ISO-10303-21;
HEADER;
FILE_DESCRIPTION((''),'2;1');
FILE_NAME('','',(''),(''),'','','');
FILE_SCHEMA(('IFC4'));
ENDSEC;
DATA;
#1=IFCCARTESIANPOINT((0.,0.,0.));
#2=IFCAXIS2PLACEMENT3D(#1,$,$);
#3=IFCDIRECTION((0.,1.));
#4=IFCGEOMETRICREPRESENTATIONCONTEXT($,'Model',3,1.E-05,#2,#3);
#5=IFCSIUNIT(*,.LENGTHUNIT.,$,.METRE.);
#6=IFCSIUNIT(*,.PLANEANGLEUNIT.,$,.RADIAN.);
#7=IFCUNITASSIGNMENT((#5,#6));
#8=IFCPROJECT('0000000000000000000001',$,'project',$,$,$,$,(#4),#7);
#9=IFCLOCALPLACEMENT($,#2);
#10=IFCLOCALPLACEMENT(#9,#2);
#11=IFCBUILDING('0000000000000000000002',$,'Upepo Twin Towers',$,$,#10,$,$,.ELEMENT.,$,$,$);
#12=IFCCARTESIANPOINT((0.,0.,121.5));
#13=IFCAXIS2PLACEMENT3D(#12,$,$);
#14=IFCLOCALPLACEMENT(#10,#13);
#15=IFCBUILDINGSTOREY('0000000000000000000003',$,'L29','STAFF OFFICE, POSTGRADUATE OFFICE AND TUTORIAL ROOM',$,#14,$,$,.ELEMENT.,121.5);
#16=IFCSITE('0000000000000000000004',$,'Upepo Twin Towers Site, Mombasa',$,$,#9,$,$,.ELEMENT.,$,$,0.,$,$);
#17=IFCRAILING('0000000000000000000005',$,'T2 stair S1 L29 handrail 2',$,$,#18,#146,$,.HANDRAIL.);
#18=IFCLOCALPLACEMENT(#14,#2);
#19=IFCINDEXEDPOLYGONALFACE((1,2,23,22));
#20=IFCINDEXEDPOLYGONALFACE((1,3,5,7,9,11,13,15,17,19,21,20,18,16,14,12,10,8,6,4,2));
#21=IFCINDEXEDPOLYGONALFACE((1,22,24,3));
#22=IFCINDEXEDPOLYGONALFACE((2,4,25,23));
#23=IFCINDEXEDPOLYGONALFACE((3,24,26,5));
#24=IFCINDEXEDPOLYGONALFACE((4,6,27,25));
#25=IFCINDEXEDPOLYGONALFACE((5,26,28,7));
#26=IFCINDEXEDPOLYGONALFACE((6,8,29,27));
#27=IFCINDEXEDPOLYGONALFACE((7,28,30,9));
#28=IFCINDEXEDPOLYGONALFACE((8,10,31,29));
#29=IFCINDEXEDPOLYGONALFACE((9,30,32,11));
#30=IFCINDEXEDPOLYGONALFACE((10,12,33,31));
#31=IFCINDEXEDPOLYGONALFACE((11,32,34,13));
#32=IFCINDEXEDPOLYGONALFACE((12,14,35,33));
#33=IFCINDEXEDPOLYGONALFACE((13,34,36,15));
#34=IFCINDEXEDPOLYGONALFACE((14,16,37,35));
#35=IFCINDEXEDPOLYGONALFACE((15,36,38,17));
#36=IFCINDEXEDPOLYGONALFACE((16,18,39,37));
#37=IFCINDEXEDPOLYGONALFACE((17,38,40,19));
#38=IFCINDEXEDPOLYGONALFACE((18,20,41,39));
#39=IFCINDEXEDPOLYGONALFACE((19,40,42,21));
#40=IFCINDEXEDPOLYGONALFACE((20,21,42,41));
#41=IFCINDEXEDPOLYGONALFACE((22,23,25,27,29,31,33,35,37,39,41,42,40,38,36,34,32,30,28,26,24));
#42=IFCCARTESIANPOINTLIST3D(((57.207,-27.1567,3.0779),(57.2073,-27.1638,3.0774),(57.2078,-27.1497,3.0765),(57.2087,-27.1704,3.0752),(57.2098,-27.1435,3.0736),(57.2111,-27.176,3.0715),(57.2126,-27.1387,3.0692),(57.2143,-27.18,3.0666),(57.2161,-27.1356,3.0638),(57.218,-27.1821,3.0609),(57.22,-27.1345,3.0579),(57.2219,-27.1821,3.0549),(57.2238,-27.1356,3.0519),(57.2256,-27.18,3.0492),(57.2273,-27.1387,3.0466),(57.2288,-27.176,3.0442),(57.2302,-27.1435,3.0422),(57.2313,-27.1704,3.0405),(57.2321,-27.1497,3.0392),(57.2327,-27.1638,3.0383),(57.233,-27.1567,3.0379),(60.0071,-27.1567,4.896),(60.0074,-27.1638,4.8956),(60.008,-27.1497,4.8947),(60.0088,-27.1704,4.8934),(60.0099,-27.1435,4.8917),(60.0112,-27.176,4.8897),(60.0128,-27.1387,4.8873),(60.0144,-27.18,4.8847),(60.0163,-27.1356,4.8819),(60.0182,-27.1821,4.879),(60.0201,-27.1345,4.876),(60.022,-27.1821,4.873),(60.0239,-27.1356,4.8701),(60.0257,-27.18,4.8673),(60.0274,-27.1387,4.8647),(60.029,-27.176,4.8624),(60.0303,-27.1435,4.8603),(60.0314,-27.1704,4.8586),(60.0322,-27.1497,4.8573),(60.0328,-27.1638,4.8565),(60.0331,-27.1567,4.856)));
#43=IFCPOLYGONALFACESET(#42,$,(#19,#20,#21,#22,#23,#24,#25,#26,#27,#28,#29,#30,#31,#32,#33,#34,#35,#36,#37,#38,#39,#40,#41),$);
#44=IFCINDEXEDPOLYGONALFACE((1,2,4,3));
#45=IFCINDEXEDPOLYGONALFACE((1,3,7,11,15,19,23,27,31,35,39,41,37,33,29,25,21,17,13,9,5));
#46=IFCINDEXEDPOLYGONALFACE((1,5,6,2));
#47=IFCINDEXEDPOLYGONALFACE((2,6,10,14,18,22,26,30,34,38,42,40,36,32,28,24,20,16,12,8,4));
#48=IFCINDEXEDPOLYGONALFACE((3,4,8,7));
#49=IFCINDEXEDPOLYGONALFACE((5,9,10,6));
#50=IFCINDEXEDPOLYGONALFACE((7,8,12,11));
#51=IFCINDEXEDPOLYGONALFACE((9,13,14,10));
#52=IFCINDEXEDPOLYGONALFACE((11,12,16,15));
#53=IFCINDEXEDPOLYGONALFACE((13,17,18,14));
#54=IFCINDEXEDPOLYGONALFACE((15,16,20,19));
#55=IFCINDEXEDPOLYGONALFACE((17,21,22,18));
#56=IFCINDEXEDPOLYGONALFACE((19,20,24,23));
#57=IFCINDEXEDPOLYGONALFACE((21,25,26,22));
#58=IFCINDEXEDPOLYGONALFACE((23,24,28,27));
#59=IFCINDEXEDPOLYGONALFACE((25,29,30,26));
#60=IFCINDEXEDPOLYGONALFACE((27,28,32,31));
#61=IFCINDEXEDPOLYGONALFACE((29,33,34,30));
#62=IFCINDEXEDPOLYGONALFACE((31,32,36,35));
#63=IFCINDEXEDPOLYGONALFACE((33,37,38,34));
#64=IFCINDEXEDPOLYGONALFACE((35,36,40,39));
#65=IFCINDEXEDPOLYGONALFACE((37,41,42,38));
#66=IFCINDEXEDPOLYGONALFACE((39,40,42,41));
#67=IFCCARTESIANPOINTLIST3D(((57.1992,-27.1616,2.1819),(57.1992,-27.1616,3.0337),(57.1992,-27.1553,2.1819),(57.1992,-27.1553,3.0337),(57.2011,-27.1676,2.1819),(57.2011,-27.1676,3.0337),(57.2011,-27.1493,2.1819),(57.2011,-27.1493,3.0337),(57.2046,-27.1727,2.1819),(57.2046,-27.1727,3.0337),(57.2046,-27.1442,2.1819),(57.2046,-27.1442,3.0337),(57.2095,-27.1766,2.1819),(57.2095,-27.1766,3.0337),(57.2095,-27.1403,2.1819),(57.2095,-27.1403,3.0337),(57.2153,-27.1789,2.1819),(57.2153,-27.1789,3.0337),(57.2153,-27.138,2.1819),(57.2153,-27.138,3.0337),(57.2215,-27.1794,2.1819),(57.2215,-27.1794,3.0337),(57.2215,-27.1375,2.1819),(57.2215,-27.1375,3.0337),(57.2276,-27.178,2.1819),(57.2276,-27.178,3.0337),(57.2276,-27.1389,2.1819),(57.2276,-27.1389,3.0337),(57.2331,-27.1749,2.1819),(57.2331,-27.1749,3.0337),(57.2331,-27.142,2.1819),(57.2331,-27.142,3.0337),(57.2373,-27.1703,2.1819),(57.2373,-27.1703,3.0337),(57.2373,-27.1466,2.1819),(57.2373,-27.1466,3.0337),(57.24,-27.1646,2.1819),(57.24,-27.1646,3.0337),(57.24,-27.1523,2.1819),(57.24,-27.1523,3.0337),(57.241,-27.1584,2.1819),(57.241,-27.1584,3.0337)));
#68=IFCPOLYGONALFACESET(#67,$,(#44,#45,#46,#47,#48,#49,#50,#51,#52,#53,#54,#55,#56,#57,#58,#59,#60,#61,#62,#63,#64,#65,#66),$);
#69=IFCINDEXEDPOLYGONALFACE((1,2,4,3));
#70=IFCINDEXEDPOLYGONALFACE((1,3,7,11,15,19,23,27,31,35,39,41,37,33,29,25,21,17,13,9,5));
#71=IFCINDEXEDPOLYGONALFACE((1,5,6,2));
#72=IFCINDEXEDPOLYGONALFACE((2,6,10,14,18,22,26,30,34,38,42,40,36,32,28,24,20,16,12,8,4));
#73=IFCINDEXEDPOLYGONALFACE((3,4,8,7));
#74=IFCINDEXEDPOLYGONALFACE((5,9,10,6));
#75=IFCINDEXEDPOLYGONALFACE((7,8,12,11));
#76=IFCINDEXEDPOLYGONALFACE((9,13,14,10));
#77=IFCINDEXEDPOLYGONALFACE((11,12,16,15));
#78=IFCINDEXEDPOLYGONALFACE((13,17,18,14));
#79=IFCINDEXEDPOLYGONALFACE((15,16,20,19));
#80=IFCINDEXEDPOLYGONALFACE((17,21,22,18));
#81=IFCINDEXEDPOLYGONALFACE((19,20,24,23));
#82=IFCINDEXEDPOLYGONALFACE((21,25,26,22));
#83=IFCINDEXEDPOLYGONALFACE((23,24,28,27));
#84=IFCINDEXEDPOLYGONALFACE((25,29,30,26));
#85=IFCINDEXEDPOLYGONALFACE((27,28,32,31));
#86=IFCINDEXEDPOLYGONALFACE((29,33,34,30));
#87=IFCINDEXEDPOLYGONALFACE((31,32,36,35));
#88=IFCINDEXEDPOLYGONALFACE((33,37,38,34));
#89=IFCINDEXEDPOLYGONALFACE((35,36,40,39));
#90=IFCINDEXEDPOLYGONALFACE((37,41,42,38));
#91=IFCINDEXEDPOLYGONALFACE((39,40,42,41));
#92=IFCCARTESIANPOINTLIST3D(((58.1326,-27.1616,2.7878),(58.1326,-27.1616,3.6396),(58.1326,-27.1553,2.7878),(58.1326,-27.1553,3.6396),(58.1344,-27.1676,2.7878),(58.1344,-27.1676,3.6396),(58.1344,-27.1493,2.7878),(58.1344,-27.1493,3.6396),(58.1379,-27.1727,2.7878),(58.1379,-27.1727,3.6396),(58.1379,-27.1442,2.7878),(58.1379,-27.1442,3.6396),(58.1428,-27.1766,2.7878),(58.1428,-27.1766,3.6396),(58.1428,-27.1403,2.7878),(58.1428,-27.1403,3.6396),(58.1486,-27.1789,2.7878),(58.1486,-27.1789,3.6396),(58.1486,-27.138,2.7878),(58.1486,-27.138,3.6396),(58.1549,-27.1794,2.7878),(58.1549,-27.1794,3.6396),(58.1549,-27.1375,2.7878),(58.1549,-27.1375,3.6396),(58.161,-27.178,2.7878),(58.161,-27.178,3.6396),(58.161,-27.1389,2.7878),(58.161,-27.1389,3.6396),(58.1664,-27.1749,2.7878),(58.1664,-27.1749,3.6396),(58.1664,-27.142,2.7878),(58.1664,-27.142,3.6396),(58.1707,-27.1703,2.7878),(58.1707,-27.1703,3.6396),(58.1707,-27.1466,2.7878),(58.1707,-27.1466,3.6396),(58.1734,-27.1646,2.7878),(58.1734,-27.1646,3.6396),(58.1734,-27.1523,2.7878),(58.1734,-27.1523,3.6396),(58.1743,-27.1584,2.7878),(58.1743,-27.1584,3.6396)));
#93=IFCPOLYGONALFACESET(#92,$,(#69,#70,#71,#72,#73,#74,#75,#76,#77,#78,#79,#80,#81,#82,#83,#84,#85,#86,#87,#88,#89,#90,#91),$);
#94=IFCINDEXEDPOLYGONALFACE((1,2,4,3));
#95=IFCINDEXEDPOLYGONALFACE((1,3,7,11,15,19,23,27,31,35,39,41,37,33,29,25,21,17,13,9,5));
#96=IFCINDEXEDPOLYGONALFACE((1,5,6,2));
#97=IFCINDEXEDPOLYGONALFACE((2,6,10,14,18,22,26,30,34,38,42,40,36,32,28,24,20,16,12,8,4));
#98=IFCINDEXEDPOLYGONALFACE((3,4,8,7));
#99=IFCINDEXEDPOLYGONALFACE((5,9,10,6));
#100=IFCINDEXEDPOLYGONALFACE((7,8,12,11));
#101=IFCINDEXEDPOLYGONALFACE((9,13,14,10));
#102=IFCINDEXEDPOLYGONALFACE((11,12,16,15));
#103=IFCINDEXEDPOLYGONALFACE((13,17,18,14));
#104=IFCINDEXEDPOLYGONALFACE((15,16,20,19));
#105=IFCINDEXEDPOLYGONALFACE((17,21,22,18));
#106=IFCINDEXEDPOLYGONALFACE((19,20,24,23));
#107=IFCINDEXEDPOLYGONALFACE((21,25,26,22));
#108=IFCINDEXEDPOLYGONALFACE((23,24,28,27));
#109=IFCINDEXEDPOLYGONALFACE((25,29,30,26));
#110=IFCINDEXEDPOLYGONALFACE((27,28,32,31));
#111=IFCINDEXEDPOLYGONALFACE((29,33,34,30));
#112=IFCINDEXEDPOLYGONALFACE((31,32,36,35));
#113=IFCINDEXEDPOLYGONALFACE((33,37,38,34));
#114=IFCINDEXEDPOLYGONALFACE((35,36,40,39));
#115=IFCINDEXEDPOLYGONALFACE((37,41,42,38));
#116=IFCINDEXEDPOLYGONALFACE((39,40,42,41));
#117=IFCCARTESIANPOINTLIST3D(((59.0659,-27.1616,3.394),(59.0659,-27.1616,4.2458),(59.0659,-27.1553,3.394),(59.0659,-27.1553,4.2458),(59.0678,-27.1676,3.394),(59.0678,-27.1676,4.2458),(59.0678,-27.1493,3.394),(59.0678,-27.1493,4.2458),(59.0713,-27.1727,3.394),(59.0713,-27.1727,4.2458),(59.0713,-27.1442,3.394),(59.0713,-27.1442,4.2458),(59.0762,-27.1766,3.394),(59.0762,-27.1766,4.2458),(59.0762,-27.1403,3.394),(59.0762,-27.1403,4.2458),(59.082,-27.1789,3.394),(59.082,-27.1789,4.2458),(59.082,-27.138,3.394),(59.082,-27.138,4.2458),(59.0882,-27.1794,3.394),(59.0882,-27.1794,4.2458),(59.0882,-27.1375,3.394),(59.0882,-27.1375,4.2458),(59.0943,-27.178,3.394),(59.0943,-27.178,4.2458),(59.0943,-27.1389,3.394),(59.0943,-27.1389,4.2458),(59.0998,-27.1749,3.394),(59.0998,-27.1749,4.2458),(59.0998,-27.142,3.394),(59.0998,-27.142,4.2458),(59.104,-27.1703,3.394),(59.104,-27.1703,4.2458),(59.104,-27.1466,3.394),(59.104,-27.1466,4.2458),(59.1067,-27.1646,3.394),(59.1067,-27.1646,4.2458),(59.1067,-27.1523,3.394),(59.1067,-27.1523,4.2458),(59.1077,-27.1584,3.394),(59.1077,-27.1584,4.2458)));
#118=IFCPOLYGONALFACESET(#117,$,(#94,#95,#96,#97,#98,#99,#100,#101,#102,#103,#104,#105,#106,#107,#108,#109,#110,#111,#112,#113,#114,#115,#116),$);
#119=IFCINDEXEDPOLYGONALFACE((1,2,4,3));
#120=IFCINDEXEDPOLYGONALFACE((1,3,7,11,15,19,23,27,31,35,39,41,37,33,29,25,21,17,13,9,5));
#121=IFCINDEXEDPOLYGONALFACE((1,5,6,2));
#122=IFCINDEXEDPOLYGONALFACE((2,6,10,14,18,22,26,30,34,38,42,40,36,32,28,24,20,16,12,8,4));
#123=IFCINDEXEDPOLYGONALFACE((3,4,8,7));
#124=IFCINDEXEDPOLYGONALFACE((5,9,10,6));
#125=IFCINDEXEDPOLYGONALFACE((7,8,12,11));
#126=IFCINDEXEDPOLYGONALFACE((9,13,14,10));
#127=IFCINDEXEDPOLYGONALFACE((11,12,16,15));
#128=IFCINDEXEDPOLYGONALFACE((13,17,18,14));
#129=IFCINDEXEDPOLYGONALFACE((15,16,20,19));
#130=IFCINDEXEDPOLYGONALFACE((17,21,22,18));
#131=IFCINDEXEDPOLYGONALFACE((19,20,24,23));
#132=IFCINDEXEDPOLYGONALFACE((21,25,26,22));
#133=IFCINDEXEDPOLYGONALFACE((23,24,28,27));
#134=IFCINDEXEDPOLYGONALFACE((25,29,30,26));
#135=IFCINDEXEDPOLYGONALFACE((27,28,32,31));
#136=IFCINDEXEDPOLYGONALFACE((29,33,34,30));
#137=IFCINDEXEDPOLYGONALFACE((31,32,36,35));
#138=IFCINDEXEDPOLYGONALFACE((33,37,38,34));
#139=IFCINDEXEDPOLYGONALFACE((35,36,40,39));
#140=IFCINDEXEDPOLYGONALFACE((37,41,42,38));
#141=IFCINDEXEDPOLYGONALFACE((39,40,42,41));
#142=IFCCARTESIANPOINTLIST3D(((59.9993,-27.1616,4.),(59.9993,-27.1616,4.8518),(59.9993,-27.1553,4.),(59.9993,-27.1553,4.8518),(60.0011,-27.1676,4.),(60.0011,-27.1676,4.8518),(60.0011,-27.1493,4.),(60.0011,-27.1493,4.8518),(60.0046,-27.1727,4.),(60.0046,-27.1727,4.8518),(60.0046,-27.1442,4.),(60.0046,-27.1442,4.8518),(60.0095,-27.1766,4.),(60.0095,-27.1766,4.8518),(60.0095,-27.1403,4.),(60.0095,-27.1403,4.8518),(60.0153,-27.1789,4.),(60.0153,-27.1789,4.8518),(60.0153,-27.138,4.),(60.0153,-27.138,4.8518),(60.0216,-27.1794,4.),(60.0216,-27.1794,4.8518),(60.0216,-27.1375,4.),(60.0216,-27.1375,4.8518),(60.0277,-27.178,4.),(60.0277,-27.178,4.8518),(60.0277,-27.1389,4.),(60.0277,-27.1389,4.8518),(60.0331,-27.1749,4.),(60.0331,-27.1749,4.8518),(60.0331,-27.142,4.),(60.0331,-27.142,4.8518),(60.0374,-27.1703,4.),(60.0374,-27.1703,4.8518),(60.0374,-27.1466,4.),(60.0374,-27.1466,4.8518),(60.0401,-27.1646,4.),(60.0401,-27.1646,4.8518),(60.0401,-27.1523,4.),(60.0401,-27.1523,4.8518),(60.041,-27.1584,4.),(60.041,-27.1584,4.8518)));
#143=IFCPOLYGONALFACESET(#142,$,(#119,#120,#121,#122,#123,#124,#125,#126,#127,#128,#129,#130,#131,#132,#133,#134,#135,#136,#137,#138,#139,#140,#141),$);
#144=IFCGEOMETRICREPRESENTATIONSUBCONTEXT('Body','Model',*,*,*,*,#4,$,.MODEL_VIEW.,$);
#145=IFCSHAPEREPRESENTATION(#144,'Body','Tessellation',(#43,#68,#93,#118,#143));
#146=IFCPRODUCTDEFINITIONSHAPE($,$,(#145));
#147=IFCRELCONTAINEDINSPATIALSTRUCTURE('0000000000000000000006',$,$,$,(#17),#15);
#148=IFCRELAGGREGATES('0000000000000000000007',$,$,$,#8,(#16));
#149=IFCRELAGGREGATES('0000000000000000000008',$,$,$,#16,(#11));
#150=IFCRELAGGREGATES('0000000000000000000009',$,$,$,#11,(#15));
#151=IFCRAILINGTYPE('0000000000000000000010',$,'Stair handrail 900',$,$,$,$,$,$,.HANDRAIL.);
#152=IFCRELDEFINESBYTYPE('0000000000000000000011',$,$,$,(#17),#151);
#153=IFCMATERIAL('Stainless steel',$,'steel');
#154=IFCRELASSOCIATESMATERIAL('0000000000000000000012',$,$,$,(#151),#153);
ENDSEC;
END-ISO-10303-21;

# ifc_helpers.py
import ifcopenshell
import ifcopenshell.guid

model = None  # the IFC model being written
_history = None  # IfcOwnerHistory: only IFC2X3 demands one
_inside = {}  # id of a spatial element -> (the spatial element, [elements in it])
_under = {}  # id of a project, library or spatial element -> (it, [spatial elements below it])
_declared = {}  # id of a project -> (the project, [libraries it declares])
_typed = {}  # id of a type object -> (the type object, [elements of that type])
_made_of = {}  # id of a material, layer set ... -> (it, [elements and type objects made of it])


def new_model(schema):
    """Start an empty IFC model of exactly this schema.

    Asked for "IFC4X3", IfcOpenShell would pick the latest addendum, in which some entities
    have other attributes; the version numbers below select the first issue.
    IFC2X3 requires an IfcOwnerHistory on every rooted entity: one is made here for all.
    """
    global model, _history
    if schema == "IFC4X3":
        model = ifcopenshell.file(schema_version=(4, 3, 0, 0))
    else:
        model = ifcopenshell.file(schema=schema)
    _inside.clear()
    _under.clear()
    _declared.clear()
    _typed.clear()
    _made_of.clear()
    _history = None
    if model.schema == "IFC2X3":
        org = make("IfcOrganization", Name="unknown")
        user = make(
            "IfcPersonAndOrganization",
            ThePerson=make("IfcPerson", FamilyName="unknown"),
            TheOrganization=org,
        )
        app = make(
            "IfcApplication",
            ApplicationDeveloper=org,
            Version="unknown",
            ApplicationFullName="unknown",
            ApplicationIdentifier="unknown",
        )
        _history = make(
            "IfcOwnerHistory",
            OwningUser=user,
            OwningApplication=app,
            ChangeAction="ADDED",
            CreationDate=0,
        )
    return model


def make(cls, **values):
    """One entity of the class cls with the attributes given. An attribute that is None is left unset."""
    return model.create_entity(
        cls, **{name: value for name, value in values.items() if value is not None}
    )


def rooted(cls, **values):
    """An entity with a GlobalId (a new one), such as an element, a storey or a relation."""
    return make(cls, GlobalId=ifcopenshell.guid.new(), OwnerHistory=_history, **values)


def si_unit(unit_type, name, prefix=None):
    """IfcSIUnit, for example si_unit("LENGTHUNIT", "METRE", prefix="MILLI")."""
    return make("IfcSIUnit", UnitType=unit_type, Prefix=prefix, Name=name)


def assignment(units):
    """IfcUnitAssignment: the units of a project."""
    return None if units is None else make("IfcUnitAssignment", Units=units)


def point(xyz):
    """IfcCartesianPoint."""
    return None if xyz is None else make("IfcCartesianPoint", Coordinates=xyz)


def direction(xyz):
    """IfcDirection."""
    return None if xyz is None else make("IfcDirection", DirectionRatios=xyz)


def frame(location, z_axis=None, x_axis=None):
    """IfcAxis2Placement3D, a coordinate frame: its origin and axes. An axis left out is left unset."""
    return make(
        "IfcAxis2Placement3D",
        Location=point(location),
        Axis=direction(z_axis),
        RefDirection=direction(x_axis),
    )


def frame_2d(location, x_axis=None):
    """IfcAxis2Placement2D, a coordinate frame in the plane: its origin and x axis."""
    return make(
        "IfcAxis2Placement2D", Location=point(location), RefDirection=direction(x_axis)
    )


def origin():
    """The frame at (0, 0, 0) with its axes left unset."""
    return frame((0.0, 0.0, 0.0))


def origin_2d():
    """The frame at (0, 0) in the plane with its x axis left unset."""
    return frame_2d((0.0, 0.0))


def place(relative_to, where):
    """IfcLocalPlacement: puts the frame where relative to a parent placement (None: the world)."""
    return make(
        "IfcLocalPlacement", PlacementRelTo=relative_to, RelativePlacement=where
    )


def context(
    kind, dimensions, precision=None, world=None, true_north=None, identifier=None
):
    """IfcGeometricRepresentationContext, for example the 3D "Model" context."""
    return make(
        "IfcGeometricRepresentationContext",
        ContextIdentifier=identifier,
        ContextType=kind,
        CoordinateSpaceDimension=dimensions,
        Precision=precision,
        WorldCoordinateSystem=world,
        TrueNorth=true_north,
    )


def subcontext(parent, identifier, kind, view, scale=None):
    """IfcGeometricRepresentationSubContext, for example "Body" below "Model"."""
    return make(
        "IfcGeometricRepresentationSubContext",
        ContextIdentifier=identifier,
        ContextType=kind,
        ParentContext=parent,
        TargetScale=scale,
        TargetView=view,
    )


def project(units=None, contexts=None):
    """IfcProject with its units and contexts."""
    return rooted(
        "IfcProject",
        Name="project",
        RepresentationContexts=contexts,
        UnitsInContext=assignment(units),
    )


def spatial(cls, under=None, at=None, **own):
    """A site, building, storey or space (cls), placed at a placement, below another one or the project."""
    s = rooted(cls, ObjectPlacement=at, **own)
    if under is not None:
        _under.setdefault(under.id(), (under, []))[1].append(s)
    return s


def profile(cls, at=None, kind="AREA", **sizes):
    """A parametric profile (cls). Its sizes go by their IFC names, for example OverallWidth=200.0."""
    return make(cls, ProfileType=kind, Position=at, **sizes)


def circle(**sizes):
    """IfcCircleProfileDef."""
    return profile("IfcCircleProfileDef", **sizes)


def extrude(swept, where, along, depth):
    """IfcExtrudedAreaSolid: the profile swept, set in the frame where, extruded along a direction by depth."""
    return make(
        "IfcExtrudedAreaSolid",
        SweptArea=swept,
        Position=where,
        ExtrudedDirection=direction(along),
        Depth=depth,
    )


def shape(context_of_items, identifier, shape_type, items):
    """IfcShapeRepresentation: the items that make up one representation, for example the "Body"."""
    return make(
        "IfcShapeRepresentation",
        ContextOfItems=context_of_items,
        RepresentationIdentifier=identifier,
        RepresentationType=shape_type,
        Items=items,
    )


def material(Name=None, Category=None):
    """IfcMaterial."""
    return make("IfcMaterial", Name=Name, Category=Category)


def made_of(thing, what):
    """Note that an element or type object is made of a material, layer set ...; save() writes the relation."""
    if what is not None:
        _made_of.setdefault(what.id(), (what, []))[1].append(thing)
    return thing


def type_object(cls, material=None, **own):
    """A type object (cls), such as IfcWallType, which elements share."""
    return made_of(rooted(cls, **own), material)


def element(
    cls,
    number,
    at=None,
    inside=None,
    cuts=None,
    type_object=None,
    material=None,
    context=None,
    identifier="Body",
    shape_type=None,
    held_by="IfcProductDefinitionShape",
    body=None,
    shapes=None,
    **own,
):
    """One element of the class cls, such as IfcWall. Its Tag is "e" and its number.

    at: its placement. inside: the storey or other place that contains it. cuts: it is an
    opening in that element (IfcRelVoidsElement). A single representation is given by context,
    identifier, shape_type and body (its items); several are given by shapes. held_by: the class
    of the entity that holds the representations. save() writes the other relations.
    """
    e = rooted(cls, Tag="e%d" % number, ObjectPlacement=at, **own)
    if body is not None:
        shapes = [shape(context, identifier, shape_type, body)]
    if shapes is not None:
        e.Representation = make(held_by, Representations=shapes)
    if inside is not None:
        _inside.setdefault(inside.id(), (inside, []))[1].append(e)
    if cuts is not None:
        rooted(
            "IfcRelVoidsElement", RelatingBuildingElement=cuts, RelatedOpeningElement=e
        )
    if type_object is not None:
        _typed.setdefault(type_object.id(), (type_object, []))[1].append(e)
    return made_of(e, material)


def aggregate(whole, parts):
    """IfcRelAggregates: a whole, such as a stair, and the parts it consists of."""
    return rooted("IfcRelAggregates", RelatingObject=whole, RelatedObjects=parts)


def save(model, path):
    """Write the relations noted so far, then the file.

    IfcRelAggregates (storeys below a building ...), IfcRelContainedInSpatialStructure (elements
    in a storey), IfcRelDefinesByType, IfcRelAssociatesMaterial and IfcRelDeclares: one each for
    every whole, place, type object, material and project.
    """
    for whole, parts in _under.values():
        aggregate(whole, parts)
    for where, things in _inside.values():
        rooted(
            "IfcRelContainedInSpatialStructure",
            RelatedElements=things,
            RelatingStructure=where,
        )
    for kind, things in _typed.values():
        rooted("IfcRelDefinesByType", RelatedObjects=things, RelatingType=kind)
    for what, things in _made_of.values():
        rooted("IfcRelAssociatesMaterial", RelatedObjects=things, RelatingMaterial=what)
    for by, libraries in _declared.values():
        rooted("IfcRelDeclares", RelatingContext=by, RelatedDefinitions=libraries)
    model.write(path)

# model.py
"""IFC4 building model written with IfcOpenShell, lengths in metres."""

from ifc_helpers import new_model, si_unit, direction, frame, origin, origin_2d, place, context, subcontext, project, spatial, circle, extrude, material, type_object, element, save


model = new_model("IFC4")

# Units and contexts
model_context = context("Model", 3, precision=1e-05, world=origin(), true_north=direction((0.0, 1.0)))
body_context = subcontext(model_context, "Body", "Model", "MODEL_VIEW")
ifc_project = project(units=[si_unit("LENGTHUNIT", "METRE"), si_unit("PLANEANGLEUNIT", "RADIAN")], contexts=[model_context])

# Site, building, storey
site_placement = place(None, origin())
site = spatial("IfcSite", under=ifc_project, at=site_placement, Name="Upepo Twin Towers Site, Mombasa", CompositionType="ELEMENT", RefElevation=0.0)
building_placement = place(site_placement, origin())
building = spatial("IfcBuilding", under=site, at=building_placement, Name="Upepo Twin Towers", CompositionType="ELEMENT")
storey_placement = place(building_placement, frame((0.0, 0.0, 121.5)))
storey = spatial("IfcBuildingStorey", under=building, at=storey_placement, Name="L29", Description="STAFF OFFICE, POSTGRADUATE OFFICE AND TUTORIAL ROOM", CompositionType="ELEMENT", Elevation=121.5)

# Railing
ifc_material_1 = material(Name="Stainless steel", Category="steel")
railing_type = type_object("IfcRailingType", Name="Stair handrail 900", PredefinedType="HANDRAIL", material=ifc_material_1)
railing_1_placement = place(storey_placement, frame((57.22, -27.1584, 2.1819)))
element("IfcRailing", 1, at=railing_1_placement, inside=storey, type_object=railing_type, Name="T2 stair S1 L29 handrail 2", PredefinedType="HANDRAIL", context=body_context, shape_type="SweptSolid", body=[
    extrude(circle(Radius=0.0239, at=origin_2d()), frame((0.0, 0.0, 0.876), z_axis=(0.838706, 0.0, 0.544585), x_axis=(0.0, 1.0, 0.0)), (0.0, 0.0, 1.0), 3.3386),
    extrude(circle(Radius=0.021, at=origin_2d()), origin(), (0.0, 0.0, 1.0), 0.8518),
    extrude(circle(Radius=0.021, at=origin_2d()), frame((0.9333, 0.0, 0.606)), (0.0, 0.0, 1.0), 0.8518),
    extrude(circle(Radius=0.021, at=origin_2d()), frame((1.8667, 0.0, 1.2122)), (0.0, 0.0, 1.0), 0.8518),
    extrude(circle(Radius=0.021, at=origin_2d()), frame((2.8, 0.0, 1.8181)), (0.0, 0.0, 1.0), 0.8518),
])

save(model, "model.ifc")
